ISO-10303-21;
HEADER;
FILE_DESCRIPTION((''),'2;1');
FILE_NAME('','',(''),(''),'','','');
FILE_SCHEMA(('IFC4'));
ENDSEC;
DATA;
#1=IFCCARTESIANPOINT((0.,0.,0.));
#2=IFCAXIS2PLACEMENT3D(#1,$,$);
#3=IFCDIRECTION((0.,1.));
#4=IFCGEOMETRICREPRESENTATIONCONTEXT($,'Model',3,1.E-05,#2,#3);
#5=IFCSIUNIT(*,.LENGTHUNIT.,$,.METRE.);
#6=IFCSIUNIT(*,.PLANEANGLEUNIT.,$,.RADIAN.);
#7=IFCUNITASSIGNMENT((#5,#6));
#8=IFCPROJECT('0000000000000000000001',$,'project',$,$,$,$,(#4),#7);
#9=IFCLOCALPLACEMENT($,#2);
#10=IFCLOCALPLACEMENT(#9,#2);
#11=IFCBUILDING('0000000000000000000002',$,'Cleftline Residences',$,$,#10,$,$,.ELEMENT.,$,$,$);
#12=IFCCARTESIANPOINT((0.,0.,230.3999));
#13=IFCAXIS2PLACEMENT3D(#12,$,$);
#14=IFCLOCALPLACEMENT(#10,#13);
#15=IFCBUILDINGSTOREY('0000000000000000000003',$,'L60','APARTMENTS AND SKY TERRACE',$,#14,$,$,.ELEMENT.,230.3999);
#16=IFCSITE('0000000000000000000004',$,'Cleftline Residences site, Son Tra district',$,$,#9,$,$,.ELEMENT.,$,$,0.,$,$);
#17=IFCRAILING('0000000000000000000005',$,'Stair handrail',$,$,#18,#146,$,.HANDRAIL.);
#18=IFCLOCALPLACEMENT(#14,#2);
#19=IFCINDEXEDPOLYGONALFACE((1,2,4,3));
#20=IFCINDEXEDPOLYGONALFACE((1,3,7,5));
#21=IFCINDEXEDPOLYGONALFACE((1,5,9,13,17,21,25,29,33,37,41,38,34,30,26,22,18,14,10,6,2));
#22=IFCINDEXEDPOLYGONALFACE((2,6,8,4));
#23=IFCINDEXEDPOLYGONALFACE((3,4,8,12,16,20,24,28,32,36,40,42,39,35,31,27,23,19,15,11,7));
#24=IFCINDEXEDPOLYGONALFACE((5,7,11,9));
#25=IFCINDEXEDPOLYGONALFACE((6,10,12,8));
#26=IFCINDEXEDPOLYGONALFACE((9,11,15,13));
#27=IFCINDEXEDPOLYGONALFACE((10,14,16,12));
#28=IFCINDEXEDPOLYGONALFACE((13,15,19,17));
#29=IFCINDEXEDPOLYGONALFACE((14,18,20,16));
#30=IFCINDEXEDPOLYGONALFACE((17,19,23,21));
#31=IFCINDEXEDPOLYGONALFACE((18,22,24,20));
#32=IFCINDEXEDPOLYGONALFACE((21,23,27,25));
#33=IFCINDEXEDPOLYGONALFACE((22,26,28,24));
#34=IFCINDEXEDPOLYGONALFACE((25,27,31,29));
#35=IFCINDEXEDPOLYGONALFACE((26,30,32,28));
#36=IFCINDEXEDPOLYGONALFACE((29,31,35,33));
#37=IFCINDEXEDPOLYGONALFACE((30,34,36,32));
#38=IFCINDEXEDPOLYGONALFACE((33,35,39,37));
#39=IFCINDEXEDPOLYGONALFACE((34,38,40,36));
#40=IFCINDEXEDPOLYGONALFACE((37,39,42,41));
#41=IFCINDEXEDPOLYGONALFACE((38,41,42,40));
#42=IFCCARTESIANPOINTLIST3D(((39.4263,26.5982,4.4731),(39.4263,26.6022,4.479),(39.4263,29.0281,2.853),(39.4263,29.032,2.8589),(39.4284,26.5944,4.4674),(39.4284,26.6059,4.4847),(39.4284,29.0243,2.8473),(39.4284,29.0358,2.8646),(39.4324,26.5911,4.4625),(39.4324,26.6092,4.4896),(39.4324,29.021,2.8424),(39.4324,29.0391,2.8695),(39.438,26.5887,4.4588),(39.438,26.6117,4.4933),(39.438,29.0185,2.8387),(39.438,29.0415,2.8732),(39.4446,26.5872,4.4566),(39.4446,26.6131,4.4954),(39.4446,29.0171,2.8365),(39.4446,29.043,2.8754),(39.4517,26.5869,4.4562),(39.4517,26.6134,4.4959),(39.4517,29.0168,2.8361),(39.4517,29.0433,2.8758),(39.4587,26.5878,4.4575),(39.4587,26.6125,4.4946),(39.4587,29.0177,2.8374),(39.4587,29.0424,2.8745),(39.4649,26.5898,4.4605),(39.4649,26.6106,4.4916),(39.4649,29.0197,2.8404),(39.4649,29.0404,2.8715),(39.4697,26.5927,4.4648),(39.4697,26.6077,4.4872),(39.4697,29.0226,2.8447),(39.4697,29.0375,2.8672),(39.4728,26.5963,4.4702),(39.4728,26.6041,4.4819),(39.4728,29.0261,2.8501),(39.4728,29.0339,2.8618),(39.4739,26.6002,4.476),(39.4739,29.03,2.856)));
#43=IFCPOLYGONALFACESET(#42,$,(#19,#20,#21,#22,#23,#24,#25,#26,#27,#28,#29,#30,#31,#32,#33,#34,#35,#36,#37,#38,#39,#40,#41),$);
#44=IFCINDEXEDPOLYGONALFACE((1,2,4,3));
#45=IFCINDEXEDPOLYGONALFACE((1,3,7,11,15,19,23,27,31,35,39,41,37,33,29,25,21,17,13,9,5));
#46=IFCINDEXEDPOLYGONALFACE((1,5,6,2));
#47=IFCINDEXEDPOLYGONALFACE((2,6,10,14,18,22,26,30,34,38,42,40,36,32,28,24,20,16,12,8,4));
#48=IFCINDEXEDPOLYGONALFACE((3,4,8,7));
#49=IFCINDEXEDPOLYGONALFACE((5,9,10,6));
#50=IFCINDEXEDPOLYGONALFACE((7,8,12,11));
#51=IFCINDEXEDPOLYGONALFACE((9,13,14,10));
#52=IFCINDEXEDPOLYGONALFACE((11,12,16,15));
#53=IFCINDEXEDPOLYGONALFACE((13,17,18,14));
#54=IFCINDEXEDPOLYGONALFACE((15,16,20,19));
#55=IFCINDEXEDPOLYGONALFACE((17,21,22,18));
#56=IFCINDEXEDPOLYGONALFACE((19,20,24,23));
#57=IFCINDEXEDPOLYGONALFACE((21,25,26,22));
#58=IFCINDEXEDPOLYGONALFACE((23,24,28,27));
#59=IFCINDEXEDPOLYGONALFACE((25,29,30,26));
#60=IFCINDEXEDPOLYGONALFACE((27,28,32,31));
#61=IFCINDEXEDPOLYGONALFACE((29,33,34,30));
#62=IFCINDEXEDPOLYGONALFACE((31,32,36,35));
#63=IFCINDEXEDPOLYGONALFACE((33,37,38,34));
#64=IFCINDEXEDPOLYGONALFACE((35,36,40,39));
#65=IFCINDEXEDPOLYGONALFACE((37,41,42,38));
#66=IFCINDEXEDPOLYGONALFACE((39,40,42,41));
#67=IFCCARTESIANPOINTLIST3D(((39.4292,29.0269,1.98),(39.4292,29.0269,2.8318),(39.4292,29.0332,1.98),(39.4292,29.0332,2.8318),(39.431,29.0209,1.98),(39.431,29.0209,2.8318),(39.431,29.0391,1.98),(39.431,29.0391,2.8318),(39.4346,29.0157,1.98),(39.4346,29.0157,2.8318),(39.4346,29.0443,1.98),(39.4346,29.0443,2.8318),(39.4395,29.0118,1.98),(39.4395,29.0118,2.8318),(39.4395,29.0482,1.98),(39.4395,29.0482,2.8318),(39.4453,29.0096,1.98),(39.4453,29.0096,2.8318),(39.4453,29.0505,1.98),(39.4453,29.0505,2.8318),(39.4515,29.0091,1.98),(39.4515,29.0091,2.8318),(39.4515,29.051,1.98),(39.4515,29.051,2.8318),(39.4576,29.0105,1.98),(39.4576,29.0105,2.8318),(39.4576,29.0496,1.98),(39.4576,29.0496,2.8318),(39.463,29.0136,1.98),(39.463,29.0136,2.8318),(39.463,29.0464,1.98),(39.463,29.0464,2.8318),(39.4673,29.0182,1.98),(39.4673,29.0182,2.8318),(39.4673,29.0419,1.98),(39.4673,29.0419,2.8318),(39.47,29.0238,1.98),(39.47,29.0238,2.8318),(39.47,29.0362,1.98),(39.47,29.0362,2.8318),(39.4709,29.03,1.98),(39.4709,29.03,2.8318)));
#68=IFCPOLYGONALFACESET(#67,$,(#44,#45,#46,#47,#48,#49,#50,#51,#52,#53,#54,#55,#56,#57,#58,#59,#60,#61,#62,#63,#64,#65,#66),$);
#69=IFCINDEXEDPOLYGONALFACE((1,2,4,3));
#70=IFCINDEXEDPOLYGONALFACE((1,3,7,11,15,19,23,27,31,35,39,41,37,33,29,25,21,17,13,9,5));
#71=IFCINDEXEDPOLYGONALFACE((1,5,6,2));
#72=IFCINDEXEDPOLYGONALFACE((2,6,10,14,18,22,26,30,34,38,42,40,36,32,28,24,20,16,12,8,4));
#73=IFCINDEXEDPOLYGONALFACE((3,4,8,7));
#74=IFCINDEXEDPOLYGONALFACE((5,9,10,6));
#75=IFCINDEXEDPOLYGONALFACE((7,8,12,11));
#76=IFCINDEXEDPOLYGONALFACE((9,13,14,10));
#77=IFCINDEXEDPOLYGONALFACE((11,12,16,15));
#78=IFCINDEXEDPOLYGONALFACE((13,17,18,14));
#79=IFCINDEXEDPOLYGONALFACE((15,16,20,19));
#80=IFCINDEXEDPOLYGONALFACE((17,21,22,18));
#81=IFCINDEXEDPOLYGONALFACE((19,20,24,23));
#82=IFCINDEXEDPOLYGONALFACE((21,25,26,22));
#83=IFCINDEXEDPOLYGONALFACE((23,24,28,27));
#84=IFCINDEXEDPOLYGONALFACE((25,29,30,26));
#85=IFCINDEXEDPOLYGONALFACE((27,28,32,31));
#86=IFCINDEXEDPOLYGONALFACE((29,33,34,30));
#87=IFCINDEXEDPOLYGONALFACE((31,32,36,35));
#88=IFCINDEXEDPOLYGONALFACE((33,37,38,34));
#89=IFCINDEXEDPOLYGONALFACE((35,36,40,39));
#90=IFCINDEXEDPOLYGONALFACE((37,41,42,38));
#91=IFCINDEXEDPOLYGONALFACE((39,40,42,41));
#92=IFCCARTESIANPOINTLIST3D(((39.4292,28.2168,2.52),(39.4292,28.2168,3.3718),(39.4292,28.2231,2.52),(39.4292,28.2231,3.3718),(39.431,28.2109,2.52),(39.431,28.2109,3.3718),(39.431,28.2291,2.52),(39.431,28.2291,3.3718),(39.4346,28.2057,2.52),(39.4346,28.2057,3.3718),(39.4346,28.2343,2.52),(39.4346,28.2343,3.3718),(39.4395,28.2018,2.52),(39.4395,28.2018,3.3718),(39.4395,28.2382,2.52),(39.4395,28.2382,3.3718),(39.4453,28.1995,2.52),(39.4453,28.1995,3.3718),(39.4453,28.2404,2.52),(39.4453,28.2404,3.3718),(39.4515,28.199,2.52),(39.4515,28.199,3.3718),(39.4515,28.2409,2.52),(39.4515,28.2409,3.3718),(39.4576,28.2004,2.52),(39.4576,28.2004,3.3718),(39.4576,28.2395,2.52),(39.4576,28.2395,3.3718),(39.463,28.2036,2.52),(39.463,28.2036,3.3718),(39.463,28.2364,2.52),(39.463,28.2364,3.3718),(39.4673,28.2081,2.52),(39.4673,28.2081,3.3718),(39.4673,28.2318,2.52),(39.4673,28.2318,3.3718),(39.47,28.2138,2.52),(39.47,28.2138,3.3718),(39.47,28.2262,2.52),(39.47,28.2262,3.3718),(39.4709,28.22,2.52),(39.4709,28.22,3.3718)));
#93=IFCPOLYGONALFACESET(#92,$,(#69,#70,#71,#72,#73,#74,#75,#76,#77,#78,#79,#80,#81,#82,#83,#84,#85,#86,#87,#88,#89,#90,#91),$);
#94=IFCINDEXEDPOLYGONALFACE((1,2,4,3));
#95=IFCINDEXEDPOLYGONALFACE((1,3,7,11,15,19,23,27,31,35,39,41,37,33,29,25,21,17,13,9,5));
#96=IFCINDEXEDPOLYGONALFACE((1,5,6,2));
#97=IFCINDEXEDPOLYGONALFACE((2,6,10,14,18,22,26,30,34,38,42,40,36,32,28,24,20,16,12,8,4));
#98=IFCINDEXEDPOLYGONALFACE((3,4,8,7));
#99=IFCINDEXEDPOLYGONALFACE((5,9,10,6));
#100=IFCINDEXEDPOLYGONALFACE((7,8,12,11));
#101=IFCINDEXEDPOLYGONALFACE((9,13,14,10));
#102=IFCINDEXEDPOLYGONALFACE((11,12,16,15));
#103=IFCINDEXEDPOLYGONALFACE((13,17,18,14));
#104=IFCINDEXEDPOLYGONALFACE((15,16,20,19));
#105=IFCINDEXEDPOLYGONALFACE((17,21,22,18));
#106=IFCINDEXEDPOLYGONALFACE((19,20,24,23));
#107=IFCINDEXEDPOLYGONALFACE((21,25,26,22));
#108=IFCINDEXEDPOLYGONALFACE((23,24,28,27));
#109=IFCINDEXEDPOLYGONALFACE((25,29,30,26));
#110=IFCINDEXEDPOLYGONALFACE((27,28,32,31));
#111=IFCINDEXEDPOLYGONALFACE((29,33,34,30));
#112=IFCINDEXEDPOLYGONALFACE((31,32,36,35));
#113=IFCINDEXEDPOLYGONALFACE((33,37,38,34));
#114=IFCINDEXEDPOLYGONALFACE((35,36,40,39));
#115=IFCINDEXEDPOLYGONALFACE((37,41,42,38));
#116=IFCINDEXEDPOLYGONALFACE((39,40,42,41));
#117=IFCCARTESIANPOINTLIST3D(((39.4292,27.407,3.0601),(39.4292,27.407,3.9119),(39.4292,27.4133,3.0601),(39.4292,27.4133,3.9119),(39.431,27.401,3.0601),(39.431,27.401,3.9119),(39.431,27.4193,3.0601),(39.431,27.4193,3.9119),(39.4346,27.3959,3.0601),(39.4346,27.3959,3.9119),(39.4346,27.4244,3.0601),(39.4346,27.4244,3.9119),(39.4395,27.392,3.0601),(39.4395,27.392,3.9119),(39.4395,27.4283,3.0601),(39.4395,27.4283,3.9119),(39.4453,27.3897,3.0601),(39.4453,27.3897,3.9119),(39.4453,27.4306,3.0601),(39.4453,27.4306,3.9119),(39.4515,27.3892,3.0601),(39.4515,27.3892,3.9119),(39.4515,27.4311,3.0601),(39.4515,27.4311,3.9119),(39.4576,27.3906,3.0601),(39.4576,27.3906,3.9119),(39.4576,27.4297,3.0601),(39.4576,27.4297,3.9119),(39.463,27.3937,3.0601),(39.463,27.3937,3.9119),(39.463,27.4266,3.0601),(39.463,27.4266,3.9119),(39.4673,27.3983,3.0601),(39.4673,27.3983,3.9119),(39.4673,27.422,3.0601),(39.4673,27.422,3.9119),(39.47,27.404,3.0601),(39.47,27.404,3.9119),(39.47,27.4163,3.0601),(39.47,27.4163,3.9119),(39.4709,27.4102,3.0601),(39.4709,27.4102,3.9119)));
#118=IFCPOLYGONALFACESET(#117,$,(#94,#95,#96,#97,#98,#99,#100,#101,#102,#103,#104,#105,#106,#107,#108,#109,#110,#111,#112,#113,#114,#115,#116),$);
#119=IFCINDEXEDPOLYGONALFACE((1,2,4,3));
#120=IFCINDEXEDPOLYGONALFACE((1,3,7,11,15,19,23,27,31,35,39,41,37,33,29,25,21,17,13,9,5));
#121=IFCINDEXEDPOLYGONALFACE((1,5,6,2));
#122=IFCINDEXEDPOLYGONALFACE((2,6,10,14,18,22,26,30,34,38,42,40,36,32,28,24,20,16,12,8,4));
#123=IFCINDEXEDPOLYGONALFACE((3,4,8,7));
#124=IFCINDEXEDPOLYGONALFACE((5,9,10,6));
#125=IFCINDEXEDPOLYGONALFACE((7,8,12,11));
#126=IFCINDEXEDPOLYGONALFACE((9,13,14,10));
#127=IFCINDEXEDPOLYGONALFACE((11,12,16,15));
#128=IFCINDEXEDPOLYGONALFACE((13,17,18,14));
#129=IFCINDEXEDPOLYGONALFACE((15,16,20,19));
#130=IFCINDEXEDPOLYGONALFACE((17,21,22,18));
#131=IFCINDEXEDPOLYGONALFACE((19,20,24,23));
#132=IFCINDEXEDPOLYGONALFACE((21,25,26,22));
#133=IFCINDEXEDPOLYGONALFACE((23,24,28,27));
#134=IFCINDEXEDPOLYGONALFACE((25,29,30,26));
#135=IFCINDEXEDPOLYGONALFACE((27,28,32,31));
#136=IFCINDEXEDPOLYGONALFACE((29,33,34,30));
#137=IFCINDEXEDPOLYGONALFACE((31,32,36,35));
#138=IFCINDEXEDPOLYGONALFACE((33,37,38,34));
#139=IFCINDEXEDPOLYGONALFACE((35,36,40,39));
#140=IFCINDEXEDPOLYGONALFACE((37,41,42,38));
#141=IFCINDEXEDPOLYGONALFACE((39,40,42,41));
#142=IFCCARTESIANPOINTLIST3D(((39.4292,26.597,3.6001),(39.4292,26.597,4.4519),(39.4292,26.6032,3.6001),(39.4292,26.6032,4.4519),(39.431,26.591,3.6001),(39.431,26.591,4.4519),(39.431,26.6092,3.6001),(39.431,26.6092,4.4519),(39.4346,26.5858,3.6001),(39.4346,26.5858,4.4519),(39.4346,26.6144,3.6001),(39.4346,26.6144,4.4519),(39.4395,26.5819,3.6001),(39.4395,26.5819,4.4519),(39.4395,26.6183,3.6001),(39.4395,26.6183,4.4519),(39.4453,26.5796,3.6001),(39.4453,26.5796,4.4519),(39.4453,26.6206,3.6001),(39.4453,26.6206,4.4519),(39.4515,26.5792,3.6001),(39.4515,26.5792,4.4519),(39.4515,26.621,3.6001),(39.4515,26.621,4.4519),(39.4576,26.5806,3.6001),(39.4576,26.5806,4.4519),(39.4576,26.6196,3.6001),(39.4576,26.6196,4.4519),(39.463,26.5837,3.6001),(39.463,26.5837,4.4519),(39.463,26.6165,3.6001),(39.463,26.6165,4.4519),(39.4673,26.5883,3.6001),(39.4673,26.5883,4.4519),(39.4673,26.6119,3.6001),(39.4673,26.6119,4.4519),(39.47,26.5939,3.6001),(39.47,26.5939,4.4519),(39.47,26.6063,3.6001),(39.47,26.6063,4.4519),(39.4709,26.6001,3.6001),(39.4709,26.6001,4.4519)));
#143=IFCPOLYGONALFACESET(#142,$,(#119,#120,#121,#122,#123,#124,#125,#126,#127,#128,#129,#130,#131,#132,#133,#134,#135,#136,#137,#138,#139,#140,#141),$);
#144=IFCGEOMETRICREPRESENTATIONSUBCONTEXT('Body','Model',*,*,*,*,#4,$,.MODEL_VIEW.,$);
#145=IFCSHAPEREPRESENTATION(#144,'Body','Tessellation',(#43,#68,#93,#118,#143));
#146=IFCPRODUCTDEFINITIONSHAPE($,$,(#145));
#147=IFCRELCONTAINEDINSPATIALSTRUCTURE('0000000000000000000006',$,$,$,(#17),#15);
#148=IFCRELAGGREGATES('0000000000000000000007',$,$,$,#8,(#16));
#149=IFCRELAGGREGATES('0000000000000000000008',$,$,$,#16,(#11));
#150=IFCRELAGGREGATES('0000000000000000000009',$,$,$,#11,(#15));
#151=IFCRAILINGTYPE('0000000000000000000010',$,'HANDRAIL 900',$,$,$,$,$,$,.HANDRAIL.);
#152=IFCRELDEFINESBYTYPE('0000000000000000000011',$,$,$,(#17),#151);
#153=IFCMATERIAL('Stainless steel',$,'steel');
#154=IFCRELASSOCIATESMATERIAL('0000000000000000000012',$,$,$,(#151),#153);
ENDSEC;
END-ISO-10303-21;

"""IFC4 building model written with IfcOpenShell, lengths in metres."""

from ifc_helpers import new_model, si_unit, direction, frame, origin, origin_2d, place, context, subcontext, project, spatial, circle, extrude, material, type_object, element, save


model = new_model("IFC4")

# Units and contexts
model_context = context("Model", 3, precision=1e-05, world=origin(), true_north=direction((0.0, 1.0)))
body_context = subcontext(model_context, "Body", "Model", "MODEL_VIEW")
ifc_project = project(units=[si_unit("LENGTHUNIT", "METRE"), si_unit("PLANEANGLEUNIT", "RADIAN")], contexts=[model_context])

# Site, building, storey
site_placement = place(None, origin())
site = spatial("IfcSite", under=ifc_project, at=site_placement, Name="Cleftline Residences site, Son Tra district", CompositionType="ELEMENT", RefElevation=0.0)
building_placement = place(site_placement, origin())
building = spatial("IfcBuilding", under=site, at=building_placement, Name="Cleftline Residences", CompositionType="ELEMENT")
storey_placement = place(building_placement, frame((0.0, 0.0, 230.3999)))
storey = spatial("IfcBuildingStorey", under=building, at=storey_placement, Name="L60", Description="APARTMENTS AND SKY TERRACE", CompositionType="ELEMENT", Elevation=230.3999)

# Railing
ifc_material_1 = material(Name="Stainless steel", Category="steel")
railing_type = type_object("IfcRailingType", Name="HANDRAIL 900", PredefinedType="HANDRAIL", material=ifc_material_1)
railing_1_placement = place(storey_placement, frame((39.45, 29.03, 1.98)))
element("IfcRailing", 1, at=railing_1_placement, inside=storey, type_object=railing_type, Name="Stair handrail", PredefinedType="HANDRAIL", context=body_context, shape_type="SweptSolid", body=[
    extrude(circle(Radius=0.0239, at=origin_2d()), frame((0.0, 0.0, 0.876), z_axis=(0.0, -0.832025, 0.554739), x_axis=(1.0, 0.0, 0.0)), (0.0, 0.0, 1.0), 2.9204),
    extrude(circle(Radius=0.021, at=origin_2d()), origin(), (0.0, 0.0, 1.0), 0.8518),
    extrude(circle(Radius=0.021, at=origin_2d()), frame((0.0, -0.8101, 0.54)), (0.0, 0.0, 1.0), 0.8518),
    extrude(circle(Radius=0.021, at=origin_2d()), frame((0.0, -1.6199, 1.0801)), (0.0, 0.0, 1.0), 0.8518),
    extrude(circle(Radius=0.021, at=origin_2d()), frame((0.0, -2.4299, 1.6201)), (0.0, 0.0, 1.0), 0.8518),
])

save(model, "model.ifc")
